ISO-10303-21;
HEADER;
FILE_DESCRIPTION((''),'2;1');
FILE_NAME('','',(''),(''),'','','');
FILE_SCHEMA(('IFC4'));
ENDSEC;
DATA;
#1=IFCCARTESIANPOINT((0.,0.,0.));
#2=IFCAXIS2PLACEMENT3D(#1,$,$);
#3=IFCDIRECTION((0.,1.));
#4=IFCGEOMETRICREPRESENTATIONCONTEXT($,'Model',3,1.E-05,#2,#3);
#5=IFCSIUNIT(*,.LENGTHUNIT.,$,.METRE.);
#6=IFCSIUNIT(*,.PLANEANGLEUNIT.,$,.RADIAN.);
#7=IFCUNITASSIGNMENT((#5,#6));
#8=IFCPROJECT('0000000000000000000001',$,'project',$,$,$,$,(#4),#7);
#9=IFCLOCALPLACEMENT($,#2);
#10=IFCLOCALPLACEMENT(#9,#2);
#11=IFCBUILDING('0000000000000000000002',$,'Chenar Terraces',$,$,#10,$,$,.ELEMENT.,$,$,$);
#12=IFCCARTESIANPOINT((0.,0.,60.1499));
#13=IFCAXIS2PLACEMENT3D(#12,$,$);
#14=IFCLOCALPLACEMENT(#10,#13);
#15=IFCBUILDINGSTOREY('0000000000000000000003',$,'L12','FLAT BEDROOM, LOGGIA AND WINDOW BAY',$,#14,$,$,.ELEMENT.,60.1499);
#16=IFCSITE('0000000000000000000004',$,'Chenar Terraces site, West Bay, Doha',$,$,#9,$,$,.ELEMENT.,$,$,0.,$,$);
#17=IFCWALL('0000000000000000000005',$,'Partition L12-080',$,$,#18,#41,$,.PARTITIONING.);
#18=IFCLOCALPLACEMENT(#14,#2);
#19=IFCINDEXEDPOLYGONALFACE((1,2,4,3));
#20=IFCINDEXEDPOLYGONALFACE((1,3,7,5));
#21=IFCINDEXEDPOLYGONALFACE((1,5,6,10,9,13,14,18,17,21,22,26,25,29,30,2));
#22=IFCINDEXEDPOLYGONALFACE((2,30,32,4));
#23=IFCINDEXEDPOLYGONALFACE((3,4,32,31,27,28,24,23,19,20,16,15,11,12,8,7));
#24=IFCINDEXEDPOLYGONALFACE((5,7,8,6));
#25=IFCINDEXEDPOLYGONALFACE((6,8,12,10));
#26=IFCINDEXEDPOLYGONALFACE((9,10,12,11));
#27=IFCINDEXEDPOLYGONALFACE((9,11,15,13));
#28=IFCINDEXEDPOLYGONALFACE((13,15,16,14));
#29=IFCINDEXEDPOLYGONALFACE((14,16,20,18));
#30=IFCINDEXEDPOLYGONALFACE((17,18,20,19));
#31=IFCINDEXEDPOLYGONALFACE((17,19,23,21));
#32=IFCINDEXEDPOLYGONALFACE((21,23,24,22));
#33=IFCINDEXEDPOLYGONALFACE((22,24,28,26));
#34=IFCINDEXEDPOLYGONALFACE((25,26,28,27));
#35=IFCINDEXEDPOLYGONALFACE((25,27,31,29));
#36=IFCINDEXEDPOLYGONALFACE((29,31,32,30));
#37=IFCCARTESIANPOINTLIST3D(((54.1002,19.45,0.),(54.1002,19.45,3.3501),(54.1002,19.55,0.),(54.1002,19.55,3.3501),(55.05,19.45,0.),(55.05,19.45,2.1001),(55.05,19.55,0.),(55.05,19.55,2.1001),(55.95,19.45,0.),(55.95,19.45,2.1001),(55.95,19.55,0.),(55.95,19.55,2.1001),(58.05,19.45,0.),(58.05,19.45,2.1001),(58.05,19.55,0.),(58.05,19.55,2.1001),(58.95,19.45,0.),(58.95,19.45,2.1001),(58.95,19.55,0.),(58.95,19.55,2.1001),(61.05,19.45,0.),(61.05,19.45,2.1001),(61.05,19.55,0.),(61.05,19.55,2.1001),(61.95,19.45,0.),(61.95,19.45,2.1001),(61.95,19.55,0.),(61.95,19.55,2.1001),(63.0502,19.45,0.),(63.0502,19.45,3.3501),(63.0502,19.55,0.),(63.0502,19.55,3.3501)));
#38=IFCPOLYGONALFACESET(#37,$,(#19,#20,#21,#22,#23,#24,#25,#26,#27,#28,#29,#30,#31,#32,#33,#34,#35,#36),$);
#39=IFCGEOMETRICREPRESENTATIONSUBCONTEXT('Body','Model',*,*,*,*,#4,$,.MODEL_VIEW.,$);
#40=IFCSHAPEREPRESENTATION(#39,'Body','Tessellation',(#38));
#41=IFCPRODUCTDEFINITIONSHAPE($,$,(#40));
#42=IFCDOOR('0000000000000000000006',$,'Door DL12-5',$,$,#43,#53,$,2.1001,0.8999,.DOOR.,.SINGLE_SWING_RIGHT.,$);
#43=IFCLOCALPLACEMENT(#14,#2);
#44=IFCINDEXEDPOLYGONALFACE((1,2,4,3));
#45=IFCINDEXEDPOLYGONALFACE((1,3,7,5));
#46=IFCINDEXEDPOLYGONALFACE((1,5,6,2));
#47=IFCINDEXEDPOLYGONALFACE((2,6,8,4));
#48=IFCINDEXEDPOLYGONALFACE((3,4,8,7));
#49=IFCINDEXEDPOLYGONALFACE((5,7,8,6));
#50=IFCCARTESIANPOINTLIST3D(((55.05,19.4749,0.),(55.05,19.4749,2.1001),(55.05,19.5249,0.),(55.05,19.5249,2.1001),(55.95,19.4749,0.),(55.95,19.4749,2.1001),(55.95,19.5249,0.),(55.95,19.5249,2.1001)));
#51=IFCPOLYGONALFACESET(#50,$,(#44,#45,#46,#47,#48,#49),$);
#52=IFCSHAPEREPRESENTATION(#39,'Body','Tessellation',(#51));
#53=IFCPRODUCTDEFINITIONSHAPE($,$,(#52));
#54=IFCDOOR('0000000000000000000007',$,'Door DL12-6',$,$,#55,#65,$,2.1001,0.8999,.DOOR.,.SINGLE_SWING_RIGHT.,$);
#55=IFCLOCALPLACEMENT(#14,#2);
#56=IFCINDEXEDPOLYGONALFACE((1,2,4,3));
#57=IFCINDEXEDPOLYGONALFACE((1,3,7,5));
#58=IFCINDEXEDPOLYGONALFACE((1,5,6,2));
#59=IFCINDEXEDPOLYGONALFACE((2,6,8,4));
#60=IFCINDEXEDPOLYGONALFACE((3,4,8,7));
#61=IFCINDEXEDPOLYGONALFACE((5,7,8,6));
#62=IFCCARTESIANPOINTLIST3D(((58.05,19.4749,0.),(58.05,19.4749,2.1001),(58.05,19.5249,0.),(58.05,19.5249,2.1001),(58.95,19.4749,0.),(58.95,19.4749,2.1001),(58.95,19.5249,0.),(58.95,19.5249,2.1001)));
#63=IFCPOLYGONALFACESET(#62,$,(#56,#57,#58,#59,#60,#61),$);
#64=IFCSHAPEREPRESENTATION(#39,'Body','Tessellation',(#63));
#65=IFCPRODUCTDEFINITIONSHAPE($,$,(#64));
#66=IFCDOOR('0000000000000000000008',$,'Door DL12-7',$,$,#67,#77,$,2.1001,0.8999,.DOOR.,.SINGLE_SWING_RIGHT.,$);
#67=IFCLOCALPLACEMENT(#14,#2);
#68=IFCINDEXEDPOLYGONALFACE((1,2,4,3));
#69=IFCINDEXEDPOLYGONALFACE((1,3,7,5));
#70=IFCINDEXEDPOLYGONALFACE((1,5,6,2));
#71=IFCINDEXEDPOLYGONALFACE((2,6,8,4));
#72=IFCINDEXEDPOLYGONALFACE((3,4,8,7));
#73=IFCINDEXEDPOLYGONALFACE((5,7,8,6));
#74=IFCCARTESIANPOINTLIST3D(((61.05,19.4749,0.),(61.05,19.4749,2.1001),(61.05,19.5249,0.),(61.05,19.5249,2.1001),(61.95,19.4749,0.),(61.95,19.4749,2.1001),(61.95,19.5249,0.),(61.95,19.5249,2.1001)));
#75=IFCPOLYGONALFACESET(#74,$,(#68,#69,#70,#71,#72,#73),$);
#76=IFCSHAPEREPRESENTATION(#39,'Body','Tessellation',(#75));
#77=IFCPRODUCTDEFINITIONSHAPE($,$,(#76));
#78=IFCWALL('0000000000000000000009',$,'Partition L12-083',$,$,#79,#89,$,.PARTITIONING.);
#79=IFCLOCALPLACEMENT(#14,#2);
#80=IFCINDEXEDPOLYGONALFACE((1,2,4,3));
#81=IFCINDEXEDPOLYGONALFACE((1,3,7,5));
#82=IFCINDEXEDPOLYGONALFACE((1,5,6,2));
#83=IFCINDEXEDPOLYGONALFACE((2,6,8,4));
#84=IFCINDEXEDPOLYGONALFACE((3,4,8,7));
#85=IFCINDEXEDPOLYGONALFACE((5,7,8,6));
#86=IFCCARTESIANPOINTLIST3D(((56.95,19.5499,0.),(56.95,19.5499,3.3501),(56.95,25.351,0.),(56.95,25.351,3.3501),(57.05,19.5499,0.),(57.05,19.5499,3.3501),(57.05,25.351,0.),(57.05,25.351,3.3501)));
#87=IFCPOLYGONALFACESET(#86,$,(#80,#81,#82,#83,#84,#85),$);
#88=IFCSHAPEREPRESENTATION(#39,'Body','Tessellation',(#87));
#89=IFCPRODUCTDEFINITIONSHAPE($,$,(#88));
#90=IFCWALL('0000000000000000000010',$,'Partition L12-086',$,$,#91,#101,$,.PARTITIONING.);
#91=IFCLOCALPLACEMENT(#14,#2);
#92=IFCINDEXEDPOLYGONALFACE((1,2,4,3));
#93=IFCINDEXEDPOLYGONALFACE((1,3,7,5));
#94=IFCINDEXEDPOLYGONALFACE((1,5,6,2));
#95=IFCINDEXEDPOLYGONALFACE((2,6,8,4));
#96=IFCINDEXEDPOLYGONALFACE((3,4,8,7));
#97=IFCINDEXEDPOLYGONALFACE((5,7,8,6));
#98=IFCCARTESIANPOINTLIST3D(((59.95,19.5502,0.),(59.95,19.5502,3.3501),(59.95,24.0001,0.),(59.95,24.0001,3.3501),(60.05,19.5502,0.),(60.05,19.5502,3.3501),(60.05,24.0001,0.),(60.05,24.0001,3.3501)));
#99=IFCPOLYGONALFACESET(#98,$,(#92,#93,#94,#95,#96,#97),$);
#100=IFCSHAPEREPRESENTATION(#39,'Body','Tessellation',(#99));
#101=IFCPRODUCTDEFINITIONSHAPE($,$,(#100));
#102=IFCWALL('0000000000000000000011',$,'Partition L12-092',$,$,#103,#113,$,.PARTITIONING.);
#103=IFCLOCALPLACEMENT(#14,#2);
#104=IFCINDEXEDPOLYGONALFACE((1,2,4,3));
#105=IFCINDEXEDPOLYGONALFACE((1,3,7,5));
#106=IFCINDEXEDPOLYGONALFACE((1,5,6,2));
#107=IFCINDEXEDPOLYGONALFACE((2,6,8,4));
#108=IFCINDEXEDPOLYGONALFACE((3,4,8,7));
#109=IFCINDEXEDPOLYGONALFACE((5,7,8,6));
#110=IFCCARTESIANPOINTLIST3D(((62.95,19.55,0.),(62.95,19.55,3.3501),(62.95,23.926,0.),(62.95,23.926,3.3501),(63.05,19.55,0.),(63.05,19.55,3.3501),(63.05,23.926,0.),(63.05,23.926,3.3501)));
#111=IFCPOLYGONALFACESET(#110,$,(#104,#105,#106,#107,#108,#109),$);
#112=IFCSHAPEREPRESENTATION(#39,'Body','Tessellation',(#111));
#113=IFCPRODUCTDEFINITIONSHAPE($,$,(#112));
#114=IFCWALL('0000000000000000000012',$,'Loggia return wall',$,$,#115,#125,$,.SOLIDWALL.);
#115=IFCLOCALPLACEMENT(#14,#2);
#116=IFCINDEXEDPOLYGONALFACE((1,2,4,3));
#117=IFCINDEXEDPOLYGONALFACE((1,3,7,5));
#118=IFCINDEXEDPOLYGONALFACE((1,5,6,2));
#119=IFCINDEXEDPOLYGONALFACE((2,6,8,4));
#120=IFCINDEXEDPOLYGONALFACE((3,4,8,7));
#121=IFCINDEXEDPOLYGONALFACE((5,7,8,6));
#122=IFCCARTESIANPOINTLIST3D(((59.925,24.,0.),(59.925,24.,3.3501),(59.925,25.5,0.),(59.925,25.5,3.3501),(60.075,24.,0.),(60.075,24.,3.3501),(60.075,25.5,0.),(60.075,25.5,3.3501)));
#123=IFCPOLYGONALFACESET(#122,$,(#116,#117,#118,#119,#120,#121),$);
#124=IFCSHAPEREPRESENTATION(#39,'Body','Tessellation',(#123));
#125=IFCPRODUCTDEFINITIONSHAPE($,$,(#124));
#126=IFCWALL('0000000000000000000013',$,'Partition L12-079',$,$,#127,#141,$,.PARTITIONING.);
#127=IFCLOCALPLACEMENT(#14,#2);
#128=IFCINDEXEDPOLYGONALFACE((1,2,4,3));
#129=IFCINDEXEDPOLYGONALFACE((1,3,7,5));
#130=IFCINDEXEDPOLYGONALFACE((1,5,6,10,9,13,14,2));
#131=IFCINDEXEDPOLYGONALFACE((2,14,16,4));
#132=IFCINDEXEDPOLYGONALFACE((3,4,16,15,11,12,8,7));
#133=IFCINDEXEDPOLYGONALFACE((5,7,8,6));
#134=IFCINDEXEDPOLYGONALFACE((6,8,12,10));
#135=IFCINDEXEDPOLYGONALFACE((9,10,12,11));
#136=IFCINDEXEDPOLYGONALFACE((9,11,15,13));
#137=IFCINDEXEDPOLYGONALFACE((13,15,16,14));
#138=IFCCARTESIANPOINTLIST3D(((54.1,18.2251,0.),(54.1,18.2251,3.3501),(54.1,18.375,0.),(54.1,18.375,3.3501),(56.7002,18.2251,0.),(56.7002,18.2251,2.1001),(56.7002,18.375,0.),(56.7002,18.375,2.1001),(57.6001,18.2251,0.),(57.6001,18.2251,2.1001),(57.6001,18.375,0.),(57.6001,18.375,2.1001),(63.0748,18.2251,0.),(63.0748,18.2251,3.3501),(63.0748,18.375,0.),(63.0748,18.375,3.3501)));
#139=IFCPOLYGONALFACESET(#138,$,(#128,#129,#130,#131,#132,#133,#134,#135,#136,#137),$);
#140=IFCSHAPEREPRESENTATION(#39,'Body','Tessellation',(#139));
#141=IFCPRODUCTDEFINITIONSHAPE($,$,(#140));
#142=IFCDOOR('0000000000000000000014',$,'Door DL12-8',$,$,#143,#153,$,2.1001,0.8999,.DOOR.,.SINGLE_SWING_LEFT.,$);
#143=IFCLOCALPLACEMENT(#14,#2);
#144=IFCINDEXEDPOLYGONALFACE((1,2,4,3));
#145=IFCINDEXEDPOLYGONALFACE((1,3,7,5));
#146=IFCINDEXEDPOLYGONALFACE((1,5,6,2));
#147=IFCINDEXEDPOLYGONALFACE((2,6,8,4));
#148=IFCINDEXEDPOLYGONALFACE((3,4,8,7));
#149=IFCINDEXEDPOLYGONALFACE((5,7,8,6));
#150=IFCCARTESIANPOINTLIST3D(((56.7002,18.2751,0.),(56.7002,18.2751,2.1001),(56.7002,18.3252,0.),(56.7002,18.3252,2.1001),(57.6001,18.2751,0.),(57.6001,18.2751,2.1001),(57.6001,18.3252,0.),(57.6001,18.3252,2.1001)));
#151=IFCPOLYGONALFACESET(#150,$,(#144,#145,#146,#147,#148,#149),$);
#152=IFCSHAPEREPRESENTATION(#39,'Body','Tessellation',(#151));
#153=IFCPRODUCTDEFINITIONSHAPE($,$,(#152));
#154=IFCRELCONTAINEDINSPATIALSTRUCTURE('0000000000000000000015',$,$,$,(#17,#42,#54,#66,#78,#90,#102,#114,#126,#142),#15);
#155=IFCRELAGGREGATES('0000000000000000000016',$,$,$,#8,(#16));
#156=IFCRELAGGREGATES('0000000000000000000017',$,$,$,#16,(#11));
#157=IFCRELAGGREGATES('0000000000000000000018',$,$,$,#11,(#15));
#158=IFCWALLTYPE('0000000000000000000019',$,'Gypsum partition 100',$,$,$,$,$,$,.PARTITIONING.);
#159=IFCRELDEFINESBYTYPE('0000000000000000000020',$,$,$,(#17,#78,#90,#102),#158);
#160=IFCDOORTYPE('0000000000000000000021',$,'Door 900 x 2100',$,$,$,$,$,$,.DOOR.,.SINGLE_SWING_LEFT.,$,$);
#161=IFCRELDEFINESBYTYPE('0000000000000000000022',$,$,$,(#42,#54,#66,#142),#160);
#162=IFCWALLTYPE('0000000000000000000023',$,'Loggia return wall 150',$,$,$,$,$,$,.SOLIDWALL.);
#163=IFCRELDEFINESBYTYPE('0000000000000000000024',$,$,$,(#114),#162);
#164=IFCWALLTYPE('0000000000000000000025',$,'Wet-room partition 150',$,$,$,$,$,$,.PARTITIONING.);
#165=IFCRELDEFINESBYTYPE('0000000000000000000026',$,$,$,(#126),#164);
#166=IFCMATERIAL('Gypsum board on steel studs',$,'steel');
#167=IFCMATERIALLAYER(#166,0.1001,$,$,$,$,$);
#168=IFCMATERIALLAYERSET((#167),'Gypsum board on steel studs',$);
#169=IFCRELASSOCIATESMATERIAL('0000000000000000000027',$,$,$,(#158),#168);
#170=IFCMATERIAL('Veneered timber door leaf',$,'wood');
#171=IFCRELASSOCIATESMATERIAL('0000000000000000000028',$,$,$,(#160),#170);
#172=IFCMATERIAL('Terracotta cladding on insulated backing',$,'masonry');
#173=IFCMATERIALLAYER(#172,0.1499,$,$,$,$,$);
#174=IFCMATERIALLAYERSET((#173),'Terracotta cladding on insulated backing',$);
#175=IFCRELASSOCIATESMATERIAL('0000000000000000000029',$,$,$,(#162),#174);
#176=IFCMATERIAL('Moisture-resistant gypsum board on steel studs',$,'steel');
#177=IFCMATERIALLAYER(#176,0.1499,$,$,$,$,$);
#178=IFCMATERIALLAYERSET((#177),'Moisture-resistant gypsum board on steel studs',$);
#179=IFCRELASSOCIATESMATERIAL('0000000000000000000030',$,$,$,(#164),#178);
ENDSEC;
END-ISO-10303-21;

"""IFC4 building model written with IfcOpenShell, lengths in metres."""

from ifc_helpers import new_model, si_unit, direction, frame, frame_2d, origin, place, context, subcontext, project, spatial, rectangle, extrude, material, layer, layer_set, type_object, element, fill, save


model = new_model("IFC4")

# Units and contexts
model_context = context("Model", 3, precision=1e-05, world=origin(), true_north=direction((0.0, 1.0)))
body_context = subcontext(model_context, "Body", "Model", "MODEL_VIEW")
ifc_project = project(units=[si_unit("LENGTHUNIT", "METRE"), si_unit("PLANEANGLEUNIT", "RADIAN")], contexts=[model_context])

# Site, building, storey
site_placement = place(None, origin())
site = spatial("IfcSite", under=ifc_project, at=site_placement, Name="Chenar Terraces site, West Bay, Doha", CompositionType="ELEMENT", RefElevation=0.0)
building_placement = place(site_placement, origin())
building = spatial("IfcBuilding", under=site, at=building_placement, Name="Chenar Terraces", CompositionType="ELEMENT")
storey_placement = place(building_placement, frame((0.0, 0.0, 60.1499)))
storey = spatial("IfcBuildingStorey", under=building, at=storey_placement, Name="L12", Description="FLAT BEDROOM, LOGGIA AND WINDOW BAY", CompositionType="ELEMENT", Elevation=60.1499)

# Wall, openings, doors
ifc_material_1 = material(Name="Gypsum board on steel studs", Category="steel")
ifc_layer_1 = layer(ifc_material_1, 0.1001)
ifc_layer_set_1 = layer_set([ifc_layer_1], Name="Gypsum board on steel studs")
wall_type_1 = type_object("IfcWallType", Name="Gypsum partition 100", PredefinedType="PARTITIONING", material=ifc_layer_set_1)
wall_1_placement = place(storey_placement, frame((54.1001, 19.5, 0.0), z_axis=(0.0, 0.0, 1.0), x_axis=(1.0, 0.0, 0.0)))
wall_1 = element("IfcWall", 1, at=wall_1_placement, inside=storey, type_object=wall_type_1, Name="Partition L12-080", PredefinedType="PARTITIONING", context=body_context, shape_type="SweptSolid", body=[
    extrude(rectangle(XDim=8.95, YDim=0.1001, at=frame_2d((4.4751, 0.0))), origin(), (0.0, 0.0, 1.0), 3.3501),
])
opening_1_placement = place(wall_1_placement, frame((0.95, 0.0, 0.0)))
opening_1 = element("IfcOpeningElement", 2, at=opening_1_placement, cuts=wall_1, PredefinedType="OPENING", context=body_context, shape_type="SweptSolid", body=[
    extrude(rectangle(XDim=0.8999, YDim=2.1001, at=frame_2d((0.45, 1.05))), frame((0.0, 0.0601, 0.0), z_axis=(0.0, -1.0, 0.0), x_axis=(1.0, 0.0, 0.0)), (0.0, 0.0, 1.0), 0.1201),
])
opening_2_placement = place(wall_1_placement, frame((3.95, 0.0, 0.0)))
opening_2 = element("IfcOpeningElement", 3, at=opening_2_placement, cuts=wall_1, PredefinedType="OPENING", context=body_context, shape_type="SweptSolid", body=[
    extrude(rectangle(XDim=0.8999, YDim=2.1001, at=frame_2d((0.45, 1.05))), frame((0.0, 0.0601, 0.0), z_axis=(0.0, -1.0, 0.0), x_axis=(1.0, 0.0, 0.0)), (0.0, 0.0, 1.0), 0.1201),
])
opening_3_placement = place(wall_1_placement, frame((6.95, 0.0, 0.0)))
opening_3 = element("IfcOpeningElement", 4, at=opening_3_placement, cuts=wall_1, PredefinedType="OPENING", context=body_context, shape_type="SweptSolid", body=[
    extrude(rectangle(XDim=0.8999, YDim=2.1001, at=frame_2d((0.45, 1.05))), frame((0.0, 0.0601, 0.0), z_axis=(0.0, -1.0, 0.0), x_axis=(1.0, 0.0, 0.0)), (0.0, 0.0, 1.0), 0.1201),
])
ifc_material_2 = material(Name="Veneered timber door leaf", Category="wood")
door_type = type_object("IfcDoorType", Name="Door 900 x 2100", OperationType="SINGLE_SWING_LEFT", PredefinedType="DOOR", material=ifc_material_2)
door_1_placement = place(opening_1_placement, origin())
door_1 = element("IfcDoor", 5, at=door_1_placement, inside=storey, type_object=door_type, Name="Door DL12-5", OperationType="SINGLE_SWING_RIGHT", OverallHeight=2.1001, OverallWidth=0.8999, PredefinedType="DOOR", context=body_context, shape_type="SweptSolid", body=[
    extrude(rectangle(XDim=0.8999, YDim=2.1001, at=frame_2d((0.45, 1.05))), frame((0.0, 0.0249, 0.0), z_axis=(0.0, -1.0, 0.0), x_axis=(1.0, 0.0, 0.0)), (0.0, 0.0, 1.0), 0.05),
])
fill(opening_1, door_1)
door_2_placement = place(opening_2_placement, origin())
door_2 = element("IfcDoor", 6, at=door_2_placement, inside=storey, type_object=door_type, Name="Door DL12-6", OperationType="SINGLE_SWING_RIGHT", OverallHeight=2.1001, OverallWidth=0.8999, PredefinedType="DOOR", context=body_context, shape_type="SweptSolid", body=[
    extrude(rectangle(XDim=0.8999, YDim=2.1001, at=frame_2d((0.45, 1.05))), frame((0.0, 0.0249, 0.0), z_axis=(0.0, -1.0, 0.0), x_axis=(1.0, 0.0, 0.0)), (0.0, 0.0, 1.0), 0.05),
])
fill(opening_2, door_2)
door_3_placement = place(opening_3_placement, origin())
door_3 = element("IfcDoor", 7, at=door_3_placement, inside=storey, type_object=door_type, Name="Door DL12-7", OperationType="SINGLE_SWING_RIGHT", OverallHeight=2.1001, OverallWidth=0.8999, PredefinedType="DOOR", context=body_context, shape_type="SweptSolid", body=[
    extrude(rectangle(XDim=0.8999, YDim=2.1001, at=frame_2d((0.45, 1.05))), frame((0.0, 0.0249, 0.0), z_axis=(0.0, -1.0, 0.0), x_axis=(1.0, 0.0, 0.0)), (0.0, 0.0, 1.0), 0.05),
])
fill(opening_3, door_3)

# Walls
wall_2_placement = place(storey_placement, frame((57.0, 19.55, 0.0), z_axis=(0.0, 0.0, 1.0), x_axis=(0.0, 1.0, 0.0)))
element("IfcWall", 8, at=wall_2_placement, inside=storey, type_object=wall_type_1, Name="Partition L12-083", PredefinedType="PARTITIONING", context=body_context, shape_type="SweptSolid", body=[
    extrude(rectangle(XDim=5.801, YDim=0.1001, at=frame_2d((2.9004, 0.0))), origin(), (0.0, 0.0, 1.0), 3.3501),
])
wall_3_placement = place(storey_placement, frame((60.0, 19.55, 0.0), z_axis=(0.0, 0.0, 1.0), x_axis=(0.0, 1.0, 0.0)))
element("IfcWall", 9, at=wall_3_placement, inside=storey, type_object=wall_type_1, Name="Partition L12-086", PredefinedType="PARTITIONING", context=body_context, shape_type="SweptSolid", body=[
    extrude(rectangle(XDim=4.45, YDim=0.1001, at=frame_2d((2.2251, 0.0))), origin(), (0.0, 0.0, 1.0), 3.3501),
])
wall_4_placement = place(storey_placement, frame((63.0, 19.55, 0.0), z_axis=(0.0, 0.0, 1.0), x_axis=(0.0, 1.0, 0.0)))
element("IfcWall", 10, at=wall_4_placement, inside=storey, type_object=wall_type_1, Name="Partition L12-092", PredefinedType="PARTITIONING", context=body_context, shape_type="SweptSolid", body=[
    extrude(rectangle(XDim=4.376, YDim=0.1001, at=frame_2d((2.188, 0.0))), origin(), (0.0, 0.0, 1.0), 3.3501),
])
ifc_material_3 = material(Name="Terracotta cladding on insulated backing", Category="masonry")
ifc_layer_2 = layer(ifc_material_3, 0.1499)
ifc_layer_set_2 = layer_set([ifc_layer_2], Name="Terracotta cladding on insulated backing")
wall_type_2 = type_object("IfcWallType", Name="Loggia return wall 150", PredefinedType="SOLIDWALL", material=ifc_layer_set_2)
wall_5_placement = place(storey_placement, frame((60.0, 25.5, 0.0), z_axis=(0.0, 0.0, 1.0), x_axis=(0.0, -1.0, 0.0)))
element("IfcWall", 11, at=wall_5_placement, inside=storey, type_object=wall_type_2, Name="Loggia return wall", PredefinedType="SOLIDWALL", context=body_context, shape_type="SweptSolid", body=[
    extrude(rectangle(XDim=1.5, YDim=0.1499, at=frame_2d((0.75, 0.0))), origin(), (0.0, 0.0, 1.0), 3.3501),
])

# Wall, opening, door
ifc_material_4 = material(Name="Moisture-resistant gypsum board on steel studs", Category="steel")
ifc_layer_3 = layer(ifc_material_4, 0.1499)
ifc_layer_set_3 = layer_set([ifc_layer_3], Name="Moisture-resistant gypsum board on steel studs")
wall_type_3 = type_object("IfcWallType", Name="Wet-room partition 150", PredefinedType="PARTITIONING", material=ifc_layer_set_3)
wall_6_placement = place(storey_placement, frame((54.1001, 18.3, 0.0), z_axis=(0.0, 0.0, 1.0), x_axis=(1.0, 0.0, 0.0)))
wall_6 = element("IfcWall", 12, at=wall_6_placement, inside=storey, type_object=wall_type_3, Name="Partition L12-079", PredefinedType="PARTITIONING", context=body_context, shape_type="SweptSolid", body=[
    extrude(rectangle(XDim=8.9749, YDim=0.1499, at=frame_2d((4.4873, 0.0))), origin(), (0.0, 0.0, 1.0), 3.3501),
])
opening_4_placement = place(wall_6_placement, frame((2.6001, 0.0, 0.0)))
opening_4 = element("IfcOpeningElement", 13, at=opening_4_placement, cuts=wall_6, PredefinedType="OPENING", context=body_context, shape_type="SweptSolid", body=[
    extrude(rectangle(XDim=0.8999, YDim=2.1001, at=frame_2d((0.45, 1.05))), frame((0.0, 0.085, 0.0), z_axis=(0.0, -1.0, 0.0), x_axis=(1.0, 0.0, 0.0)), (0.0, 0.0, 1.0), 0.1699),
])
door_4_placement = place(opening_4_placement, frame((0.8999, 0.0, 0.0), z_axis=(0.0, 0.0, 1.0), x_axis=(-1.0, 0.0, 0.0)))
door_4 = element("IfcDoor", 14, at=door_4_placement, inside=storey, type_object=door_type, Name="Door DL12-8", OperationType="SINGLE_SWING_LEFT", OverallHeight=2.1001, OverallWidth=0.8999, PredefinedType="DOOR", context=body_context, shape_type="SweptSolid", body=[
    extrude(rectangle(XDim=0.8999, YDim=2.1001, at=frame_2d((0.45, 1.05))), frame((0.0, 0.0249, 0.0), z_axis=(0.0, -1.0, 0.0), x_axis=(1.0, 0.0, 0.0)), (0.0, 0.0, 1.0), 0.05),
])
fill(opening_4, door_4)

save(model, "model.ifc")
